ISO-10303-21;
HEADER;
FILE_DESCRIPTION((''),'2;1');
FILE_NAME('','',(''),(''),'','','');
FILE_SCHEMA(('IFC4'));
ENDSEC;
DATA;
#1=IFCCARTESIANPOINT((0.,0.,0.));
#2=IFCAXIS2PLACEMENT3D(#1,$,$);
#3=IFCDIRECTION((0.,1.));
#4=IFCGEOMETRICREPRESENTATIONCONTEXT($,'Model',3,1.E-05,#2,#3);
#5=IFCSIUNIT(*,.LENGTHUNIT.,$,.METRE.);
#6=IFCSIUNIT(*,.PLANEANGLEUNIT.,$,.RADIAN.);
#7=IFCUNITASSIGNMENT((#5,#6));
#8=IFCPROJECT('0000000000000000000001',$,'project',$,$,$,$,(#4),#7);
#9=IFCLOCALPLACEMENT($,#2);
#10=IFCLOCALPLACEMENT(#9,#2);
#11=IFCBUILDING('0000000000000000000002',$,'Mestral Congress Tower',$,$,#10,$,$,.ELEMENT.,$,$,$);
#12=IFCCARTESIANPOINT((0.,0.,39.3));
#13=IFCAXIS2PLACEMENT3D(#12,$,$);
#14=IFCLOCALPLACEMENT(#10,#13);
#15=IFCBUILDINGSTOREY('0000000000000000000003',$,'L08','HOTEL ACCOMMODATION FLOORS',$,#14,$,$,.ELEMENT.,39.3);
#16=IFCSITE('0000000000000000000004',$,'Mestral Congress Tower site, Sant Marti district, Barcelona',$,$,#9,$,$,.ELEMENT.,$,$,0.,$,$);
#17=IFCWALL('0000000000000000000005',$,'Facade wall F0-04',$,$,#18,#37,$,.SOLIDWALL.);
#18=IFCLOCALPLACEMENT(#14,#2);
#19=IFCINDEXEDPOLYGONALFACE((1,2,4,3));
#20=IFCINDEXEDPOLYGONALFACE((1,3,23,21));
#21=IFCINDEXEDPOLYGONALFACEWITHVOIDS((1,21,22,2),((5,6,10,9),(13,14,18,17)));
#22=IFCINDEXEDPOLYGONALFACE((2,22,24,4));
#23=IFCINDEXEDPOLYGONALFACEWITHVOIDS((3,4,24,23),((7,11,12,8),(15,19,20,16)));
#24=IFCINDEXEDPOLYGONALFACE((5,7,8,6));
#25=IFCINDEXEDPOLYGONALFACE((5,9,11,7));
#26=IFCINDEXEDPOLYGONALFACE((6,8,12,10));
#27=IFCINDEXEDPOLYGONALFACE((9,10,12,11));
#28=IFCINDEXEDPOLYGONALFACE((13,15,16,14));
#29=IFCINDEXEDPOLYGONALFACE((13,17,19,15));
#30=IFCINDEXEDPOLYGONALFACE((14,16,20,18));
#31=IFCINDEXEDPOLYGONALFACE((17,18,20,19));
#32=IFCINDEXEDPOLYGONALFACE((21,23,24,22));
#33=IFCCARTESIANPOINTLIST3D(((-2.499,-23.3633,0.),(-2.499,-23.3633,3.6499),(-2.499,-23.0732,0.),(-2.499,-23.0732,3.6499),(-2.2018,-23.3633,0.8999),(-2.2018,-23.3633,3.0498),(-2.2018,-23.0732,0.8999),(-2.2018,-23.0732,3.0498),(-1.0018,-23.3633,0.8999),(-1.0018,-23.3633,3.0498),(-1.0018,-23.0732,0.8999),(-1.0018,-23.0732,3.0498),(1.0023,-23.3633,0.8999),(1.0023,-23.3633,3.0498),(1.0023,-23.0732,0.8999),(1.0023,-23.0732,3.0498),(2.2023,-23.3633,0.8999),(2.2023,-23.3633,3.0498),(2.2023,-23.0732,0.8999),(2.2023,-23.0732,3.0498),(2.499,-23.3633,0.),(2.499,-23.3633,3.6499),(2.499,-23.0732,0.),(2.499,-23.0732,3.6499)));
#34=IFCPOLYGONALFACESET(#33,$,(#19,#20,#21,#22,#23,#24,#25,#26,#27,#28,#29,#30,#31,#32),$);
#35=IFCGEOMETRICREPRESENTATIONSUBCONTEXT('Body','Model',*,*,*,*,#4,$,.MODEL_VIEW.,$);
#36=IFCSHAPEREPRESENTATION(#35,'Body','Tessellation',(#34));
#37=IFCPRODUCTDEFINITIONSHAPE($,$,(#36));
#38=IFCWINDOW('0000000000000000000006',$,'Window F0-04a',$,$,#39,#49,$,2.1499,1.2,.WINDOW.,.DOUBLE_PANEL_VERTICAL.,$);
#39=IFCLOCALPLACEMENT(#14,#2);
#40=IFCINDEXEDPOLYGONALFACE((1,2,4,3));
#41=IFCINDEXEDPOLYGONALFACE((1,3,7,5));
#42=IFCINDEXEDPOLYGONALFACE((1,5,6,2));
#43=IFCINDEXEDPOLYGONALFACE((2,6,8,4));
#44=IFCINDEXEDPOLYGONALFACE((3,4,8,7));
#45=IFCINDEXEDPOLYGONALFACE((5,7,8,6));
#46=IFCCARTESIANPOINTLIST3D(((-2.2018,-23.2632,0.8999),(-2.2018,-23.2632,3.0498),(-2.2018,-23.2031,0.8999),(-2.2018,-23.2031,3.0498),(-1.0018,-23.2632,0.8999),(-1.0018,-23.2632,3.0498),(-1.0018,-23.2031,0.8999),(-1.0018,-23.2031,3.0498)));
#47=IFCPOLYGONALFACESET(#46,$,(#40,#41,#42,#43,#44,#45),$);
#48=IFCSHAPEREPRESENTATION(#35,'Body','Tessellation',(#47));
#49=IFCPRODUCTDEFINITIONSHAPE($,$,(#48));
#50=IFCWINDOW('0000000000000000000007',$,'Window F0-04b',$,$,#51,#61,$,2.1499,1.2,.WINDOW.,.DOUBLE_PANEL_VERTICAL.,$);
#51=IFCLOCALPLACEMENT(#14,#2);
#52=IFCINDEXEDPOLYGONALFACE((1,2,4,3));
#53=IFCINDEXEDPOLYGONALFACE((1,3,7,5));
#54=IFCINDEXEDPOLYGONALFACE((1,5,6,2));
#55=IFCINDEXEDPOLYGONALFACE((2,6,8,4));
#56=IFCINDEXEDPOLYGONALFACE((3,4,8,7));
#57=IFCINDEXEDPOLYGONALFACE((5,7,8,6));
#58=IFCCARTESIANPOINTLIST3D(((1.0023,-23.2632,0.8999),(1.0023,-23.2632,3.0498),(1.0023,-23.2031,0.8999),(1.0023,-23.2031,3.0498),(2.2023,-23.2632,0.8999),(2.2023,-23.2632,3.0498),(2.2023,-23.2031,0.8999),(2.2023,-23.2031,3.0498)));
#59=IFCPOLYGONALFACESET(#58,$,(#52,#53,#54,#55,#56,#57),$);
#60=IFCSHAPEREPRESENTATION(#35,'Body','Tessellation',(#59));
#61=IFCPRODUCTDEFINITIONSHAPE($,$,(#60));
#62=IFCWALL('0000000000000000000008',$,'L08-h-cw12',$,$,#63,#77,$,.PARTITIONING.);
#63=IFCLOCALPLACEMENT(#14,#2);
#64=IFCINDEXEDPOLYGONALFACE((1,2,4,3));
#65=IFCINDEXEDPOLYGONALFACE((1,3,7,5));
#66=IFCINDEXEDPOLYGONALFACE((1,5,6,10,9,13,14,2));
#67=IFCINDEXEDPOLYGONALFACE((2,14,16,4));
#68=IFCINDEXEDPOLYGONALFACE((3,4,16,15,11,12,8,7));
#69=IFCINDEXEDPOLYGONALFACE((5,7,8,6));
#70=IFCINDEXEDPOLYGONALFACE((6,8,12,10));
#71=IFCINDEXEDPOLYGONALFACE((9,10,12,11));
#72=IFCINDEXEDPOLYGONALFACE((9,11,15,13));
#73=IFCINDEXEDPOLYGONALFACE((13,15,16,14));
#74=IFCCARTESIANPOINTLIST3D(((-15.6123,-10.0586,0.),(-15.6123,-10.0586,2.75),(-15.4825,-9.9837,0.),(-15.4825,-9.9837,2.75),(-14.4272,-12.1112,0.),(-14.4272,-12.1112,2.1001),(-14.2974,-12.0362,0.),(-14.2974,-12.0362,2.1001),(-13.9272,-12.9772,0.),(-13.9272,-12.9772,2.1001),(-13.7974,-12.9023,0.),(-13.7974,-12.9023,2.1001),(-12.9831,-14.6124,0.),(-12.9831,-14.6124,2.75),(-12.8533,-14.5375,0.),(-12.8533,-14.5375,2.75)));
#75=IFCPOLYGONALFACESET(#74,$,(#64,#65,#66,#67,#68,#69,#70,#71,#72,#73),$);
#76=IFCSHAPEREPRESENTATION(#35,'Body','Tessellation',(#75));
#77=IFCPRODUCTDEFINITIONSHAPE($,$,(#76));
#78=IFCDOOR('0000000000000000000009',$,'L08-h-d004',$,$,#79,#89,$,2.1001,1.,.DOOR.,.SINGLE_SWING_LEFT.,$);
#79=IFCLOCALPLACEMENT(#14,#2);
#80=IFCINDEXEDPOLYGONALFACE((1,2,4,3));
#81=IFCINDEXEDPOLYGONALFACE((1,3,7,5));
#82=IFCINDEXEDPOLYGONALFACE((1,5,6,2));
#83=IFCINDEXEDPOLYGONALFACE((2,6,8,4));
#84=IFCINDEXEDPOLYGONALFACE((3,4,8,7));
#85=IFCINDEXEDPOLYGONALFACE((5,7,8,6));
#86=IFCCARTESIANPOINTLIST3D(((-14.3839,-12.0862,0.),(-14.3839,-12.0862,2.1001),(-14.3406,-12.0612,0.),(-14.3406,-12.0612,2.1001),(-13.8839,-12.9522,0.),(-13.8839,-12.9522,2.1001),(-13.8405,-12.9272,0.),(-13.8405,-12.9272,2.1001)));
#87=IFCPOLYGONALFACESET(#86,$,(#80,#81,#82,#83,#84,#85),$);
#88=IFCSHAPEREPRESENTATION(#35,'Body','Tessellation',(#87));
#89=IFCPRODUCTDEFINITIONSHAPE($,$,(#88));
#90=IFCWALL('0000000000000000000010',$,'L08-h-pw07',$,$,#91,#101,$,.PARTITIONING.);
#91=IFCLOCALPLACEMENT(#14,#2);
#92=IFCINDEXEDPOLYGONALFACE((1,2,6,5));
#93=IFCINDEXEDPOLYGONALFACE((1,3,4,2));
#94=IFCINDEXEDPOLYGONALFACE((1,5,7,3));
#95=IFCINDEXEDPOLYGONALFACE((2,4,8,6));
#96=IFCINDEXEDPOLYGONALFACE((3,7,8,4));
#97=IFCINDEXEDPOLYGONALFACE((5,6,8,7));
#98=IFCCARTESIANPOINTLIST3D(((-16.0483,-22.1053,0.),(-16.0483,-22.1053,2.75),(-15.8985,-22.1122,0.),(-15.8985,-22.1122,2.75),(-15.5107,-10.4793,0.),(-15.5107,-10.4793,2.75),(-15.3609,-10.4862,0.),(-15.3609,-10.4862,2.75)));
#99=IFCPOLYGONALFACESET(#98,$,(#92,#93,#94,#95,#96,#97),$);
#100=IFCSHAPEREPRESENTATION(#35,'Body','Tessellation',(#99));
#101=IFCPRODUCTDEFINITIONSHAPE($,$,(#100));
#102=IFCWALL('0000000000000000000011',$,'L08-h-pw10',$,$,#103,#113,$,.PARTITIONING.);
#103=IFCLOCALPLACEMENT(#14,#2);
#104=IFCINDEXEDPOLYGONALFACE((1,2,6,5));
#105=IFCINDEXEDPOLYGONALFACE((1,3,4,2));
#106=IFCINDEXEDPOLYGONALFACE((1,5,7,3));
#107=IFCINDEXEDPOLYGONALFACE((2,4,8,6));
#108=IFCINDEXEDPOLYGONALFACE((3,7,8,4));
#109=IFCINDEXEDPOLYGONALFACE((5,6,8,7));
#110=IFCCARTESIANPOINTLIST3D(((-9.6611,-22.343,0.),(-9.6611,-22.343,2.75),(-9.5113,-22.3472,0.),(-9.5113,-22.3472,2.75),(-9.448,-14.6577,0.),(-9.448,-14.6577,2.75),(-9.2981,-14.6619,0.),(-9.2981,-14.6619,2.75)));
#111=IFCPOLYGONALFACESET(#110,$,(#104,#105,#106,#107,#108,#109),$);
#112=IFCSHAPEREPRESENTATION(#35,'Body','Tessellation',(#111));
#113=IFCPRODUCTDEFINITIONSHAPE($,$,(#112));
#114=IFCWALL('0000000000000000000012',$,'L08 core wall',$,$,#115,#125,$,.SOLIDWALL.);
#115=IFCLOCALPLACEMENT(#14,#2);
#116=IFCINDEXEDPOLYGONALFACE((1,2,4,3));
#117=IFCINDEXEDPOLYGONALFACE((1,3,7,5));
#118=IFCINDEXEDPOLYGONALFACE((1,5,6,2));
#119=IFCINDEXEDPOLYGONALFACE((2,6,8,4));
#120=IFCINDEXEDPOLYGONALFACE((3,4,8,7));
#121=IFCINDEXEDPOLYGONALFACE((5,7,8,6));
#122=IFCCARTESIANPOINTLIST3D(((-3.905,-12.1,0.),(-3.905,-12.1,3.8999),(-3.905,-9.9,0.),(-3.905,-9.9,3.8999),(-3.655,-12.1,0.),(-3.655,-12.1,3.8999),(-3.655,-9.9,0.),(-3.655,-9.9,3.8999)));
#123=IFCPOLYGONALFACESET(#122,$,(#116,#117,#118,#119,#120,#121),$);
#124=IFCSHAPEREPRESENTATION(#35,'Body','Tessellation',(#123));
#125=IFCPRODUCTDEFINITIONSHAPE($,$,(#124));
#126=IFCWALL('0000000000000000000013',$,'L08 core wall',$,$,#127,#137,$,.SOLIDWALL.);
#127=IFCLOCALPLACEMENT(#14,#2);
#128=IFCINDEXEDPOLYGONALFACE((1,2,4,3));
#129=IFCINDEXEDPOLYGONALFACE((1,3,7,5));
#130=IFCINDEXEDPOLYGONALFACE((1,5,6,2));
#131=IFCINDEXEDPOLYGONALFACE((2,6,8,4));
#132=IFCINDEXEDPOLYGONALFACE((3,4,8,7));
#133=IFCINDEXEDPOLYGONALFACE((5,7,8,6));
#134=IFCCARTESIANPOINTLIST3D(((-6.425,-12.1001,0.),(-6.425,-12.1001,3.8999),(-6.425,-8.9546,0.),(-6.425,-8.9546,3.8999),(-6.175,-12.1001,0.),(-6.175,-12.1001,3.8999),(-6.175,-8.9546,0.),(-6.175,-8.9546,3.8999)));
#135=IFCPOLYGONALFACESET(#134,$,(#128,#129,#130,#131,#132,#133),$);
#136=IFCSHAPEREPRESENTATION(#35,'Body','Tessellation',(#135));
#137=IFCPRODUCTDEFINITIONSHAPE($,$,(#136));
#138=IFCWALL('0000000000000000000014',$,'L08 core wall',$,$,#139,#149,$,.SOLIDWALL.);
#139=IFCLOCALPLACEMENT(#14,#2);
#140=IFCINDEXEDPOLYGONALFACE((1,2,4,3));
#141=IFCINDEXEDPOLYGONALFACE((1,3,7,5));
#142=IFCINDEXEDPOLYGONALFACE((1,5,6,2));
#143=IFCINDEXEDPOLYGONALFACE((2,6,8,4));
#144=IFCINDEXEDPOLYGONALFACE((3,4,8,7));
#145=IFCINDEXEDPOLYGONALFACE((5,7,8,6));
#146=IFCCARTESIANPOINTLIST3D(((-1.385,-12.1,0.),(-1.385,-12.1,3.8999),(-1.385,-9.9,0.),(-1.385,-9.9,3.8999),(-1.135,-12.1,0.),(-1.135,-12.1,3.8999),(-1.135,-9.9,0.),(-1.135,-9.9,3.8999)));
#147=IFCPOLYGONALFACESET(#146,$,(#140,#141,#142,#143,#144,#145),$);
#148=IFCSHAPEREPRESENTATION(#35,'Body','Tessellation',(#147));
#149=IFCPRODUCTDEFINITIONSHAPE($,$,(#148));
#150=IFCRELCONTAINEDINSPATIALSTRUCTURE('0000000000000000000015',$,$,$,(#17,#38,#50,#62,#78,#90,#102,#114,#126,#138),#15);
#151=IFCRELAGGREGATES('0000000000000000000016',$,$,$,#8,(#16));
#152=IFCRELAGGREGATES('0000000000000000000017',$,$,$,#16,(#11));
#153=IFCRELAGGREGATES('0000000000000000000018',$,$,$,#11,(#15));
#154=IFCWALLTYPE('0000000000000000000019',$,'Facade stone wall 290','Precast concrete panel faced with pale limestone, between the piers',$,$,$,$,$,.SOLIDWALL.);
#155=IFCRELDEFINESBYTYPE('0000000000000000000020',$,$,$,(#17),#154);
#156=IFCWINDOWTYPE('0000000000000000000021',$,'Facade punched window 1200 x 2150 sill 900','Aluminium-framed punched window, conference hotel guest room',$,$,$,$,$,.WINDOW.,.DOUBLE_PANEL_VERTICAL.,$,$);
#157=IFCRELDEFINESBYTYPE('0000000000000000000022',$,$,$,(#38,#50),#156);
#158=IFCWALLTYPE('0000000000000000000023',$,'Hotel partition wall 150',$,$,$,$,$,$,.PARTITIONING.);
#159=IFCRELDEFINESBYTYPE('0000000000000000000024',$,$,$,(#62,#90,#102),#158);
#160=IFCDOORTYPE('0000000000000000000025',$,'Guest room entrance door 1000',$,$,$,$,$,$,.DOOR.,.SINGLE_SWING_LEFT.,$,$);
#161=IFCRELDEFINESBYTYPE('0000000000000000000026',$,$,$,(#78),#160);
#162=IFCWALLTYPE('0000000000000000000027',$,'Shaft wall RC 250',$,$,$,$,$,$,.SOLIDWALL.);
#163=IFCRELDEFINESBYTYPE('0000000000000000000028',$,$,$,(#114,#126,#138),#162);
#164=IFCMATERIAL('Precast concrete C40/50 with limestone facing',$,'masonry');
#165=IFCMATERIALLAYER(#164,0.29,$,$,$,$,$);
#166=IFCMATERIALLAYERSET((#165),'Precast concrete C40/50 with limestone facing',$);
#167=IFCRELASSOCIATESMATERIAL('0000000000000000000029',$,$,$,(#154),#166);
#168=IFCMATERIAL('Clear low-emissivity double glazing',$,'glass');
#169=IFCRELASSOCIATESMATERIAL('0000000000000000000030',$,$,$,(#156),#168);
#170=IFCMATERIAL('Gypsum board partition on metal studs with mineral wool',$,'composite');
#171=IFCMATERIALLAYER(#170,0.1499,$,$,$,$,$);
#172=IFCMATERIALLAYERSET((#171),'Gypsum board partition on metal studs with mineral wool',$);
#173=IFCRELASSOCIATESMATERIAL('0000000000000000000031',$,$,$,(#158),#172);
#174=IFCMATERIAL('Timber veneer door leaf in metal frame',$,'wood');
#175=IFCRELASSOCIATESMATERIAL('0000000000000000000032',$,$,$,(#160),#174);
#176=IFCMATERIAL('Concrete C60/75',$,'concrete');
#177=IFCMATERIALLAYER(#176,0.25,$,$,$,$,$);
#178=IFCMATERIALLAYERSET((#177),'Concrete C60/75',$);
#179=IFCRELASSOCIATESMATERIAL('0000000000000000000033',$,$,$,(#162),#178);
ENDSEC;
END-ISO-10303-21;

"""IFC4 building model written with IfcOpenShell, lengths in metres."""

from ifc_helpers import new_model, si_unit, direction, frame, frame_2d, origin, place, context, subcontext, project, spatial, rectangle, extrude, material, layer, layer_set, type_object, element, fill, save


model = new_model("IFC4")

# Units and contexts
model_context = context("Model", 3, precision=1e-05, world=origin(), true_north=direction((0.0, 1.0)))
body_context = subcontext(model_context, "Body", "Model", "MODEL_VIEW")
ifc_project = project(units=[si_unit("LENGTHUNIT", "METRE"), si_unit("PLANEANGLEUNIT", "RADIAN")], contexts=[model_context])

# Site, building, storey
site_placement = place(None, origin())
site = spatial("IfcSite", under=ifc_project, at=site_placement, Name="Mestral Congress Tower site, Sant Marti district, Barcelona", CompositionType="ELEMENT", RefElevation=0.0)
building_placement = place(site_placement, origin())
building = spatial("IfcBuilding", under=site, at=building_placement, Name="Mestral Congress Tower", CompositionType="ELEMENT")
storey_placement = place(building_placement, frame((0.0, 0.0, 39.3)))
storey = spatial("IfcBuildingStorey", under=building, at=storey_placement, Name="L08", Description="HOTEL ACCOMMODATION FLOORS", CompositionType="ELEMENT", Elevation=39.3)

# Shared definitions
ifc_material_1 = material(Name="Concrete C60/75", Category="concrete")

# Wall, openings, windows
ifc_material_2 = material(Name="Precast concrete C40/50 with limestone facing", Category="masonry")
ifc_layer_1 = layer(ifc_material_2, 0.29)
ifc_layer_set_1 = layer_set([ifc_layer_1], Name="Precast concrete C40/50 with limestone facing")
wall_type_1 = type_object("IfcWallType", Name="Facade stone wall 290", Description="Precast concrete panel faced with pale limestone, between the piers", PredefinedType="SOLIDWALL", material=ifc_layer_set_1)
ifc_material_3 = material(Name="Clear low-emissivity double glazing", Category="glass")
window_type = type_object("IfcWindowType", Name="Facade punched window 1200 x 2150 sill 900", Description="Aluminium-framed punched window, conference hotel guest room", PartitioningType="DOUBLE_PANEL_VERTICAL", PredefinedType="WINDOW", material=ifc_material_3)
wall_1_placement = place(storey_placement, frame((-2.499, -23.2183, 0.0), z_axis=(0.0, 0.0, 1.0), x_axis=(1.0, 0.0, 0.0)))
wall_1 = element("IfcWall", 1, at=wall_1_placement, inside=storey, type_object=wall_type_1, Name="Facade wall F0-04", PredefinedType="SOLIDWALL", context=body_context, shape_type="SweptSolid", body=[
    extrude(rectangle(XDim=4.998, YDim=0.29, at=frame_2d((2.499, 0.0))), origin(), (0.0, 0.0, 1.0), 3.6499),
])
opening_1_placement = place(wall_1_placement, frame((0.2971, 0.0, 0.8999)))
opening_1 = element("IfcOpeningElement", 2, at=opening_1_placement, cuts=wall_1, PredefinedType="OPENING", context=body_context, shape_type="SweptSolid", body=[
    extrude(rectangle(XDim=1.2, YDim=2.1499, at=frame_2d((0.6001, 1.075))), frame((0.0, 0.155, 0.0), z_axis=(0.0, -1.0, 0.0), x_axis=(1.0, 0.0, 0.0)), (0.0, 0.0, 1.0), 0.3101),
])
opening_2_placement = place(wall_1_placement, frame((3.5012, 0.0, 0.8999)))
opening_2 = element("IfcOpeningElement", 3, at=opening_2_placement, cuts=wall_1, PredefinedType="OPENING", context=body_context, shape_type="SweptSolid", body=[
    extrude(rectangle(XDim=1.2, YDim=2.1499, at=frame_2d((0.6001, 1.075))), frame((0.0, 0.155, 0.0), z_axis=(0.0, -1.0, 0.0), x_axis=(1.0, 0.0, 0.0)), (0.0, 0.0, 1.0), 0.3101),
])
window_1_placement = place(opening_1_placement, origin())
window_1 = element("IfcWindow", 4, at=window_1_placement, inside=storey, type_object=window_type, Name="Window F0-04a", OverallHeight=2.1499, OverallWidth=1.2, PartitioningType="DOUBLE_PANEL_VERTICAL", PredefinedType="WINDOW", context=body_context, shape_type="SweptSolid", body=[
    extrude(rectangle(XDim=1.2, YDim=2.1499, at=frame_2d((0.6001, 1.075))), frame((0.0, 0.0151, 0.0), z_axis=(0.0, -1.0, 0.0), x_axis=(1.0, 0.0, 0.0)), (0.0, 0.0, 1.0), 0.0601),
])
fill(opening_1, window_1)
window_2_placement = place(opening_2_placement, origin())
window_2 = element("IfcWindow", 5, at=window_2_placement, inside=storey, type_object=window_type, Name="Window F0-04b", OverallHeight=2.1499, OverallWidth=1.2, PartitioningType="DOUBLE_PANEL_VERTICAL", PredefinedType="WINDOW", context=body_context, shape_type="SweptSolid", body=[
    extrude(rectangle(XDim=1.2, YDim=2.1499, at=frame_2d((0.6001, 1.075))), frame((0.0, 0.0151, 0.0), z_axis=(0.0, -1.0, 0.0), x_axis=(1.0, 0.0, 0.0)), (0.0, 0.0, 1.0), 0.0601),
])
fill(opening_2, window_2)

# Wall, opening, door
ifc_material_4 = material(Name="Gypsum board partition on metal studs with mineral wool", Category="composite")
ifc_layer_2 = layer(ifc_material_4, 0.1499)
ifc_layer_set_2 = layer_set([ifc_layer_2], Name="Gypsum board partition on metal studs with mineral wool")
wall_type_2 = type_object("IfcWallType", Name="Hotel partition wall 150", PredefinedType="PARTITIONING", material=ifc_layer_set_2)
wall_2_placement = place(storey_placement, frame((-12.9182, -14.575, 0.0), z_axis=(0.0, 0.0, 1.0), x_axis=(-0.500009, 0.86602, 0.0)))
wall_2 = element("IfcWall", 6, at=wall_2_placement, inside=storey, type_object=wall_type_2, Name="L08-h-cw12", PredefinedType="PARTITIONING", context=body_context, shape_type="SweptSolid", body=[
    extrude(rectangle(XDim=5.2583, YDim=0.1499, at=frame_2d((2.6292, 0.0))), origin(), (0.0, 0.0, 1.0), 2.75),
])
opening_3_placement = place(wall_2_placement, frame((1.8882, 0.0, 0.0)))
opening_3 = element("IfcOpeningElement", 7, at=opening_3_placement, cuts=wall_2, PredefinedType="OPENING", context=body_context, shape_type="SweptSolid", body=[
    extrude(rectangle(XDim=1.0, YDim=2.1001, at=frame_2d((0.5, 1.05))), frame((0.0, 0.085, 0.0), z_axis=(0.0, -1.0, 0.0), x_axis=(1.0, 0.0, 0.0)), (0.0, 0.0, 1.0), 0.1699),
])
ifc_material_5 = material(Name="Timber veneer door leaf in metal frame", Category="wood")
door_type = type_object("IfcDoorType", Name="Guest room entrance door 1000", OperationType="SINGLE_SWING_LEFT", PredefinedType="DOOR", material=ifc_material_5)
door_placement = place(opening_3_placement, origin())
door = element("IfcDoor", 8, at=door_placement, inside=storey, type_object=door_type, Name="L08-h-d004", OperationType="SINGLE_SWING_LEFT", OverallHeight=2.1001, OverallWidth=1.0, PredefinedType="DOOR", context=body_context, shape_type="SweptSolid", body=[
    extrude(rectangle(XDim=1.0, YDim=2.1001, at=frame_2d((0.5, 1.05))), frame((0.0, 0.0249, 0.0), z_axis=(0.0, -1.0, 0.0), x_axis=(1.0, 0.0, 0.0)), (0.0, 0.0, 1.0), 0.05),
])
fill(opening_3, door)

# Walls
wall_3_placement = place(storey_placement, frame((-15.9734, -22.1089, 0.0), z_axis=(0.0, 0.0, 1.0), x_axis=(0.046192, 0.998933, 0.0)))
element("IfcWall", 9, at=wall_3_placement, inside=storey, type_object=wall_type_2, Name="L08-h-pw07", PredefinedType="PARTITIONING", context=body_context, shape_type="SweptSolid", body=[
    extrude(rectangle(XDim=11.6384, YDim=0.1499, at=frame_2d((5.8193, 0.0))), origin(), (0.0, 0.0, 1.0), 2.75),
])
wall_4_placement = place(storey_placement, frame((-9.5862, -22.3452, 0.0), z_axis=(0.0, 0.0, 1.0), x_axis=(0.027722, 0.999616, 0.0)))
element("IfcWall", 10, at=wall_4_placement, inside=storey, type_object=wall_type_2, Name="L08-h-pw10", PredefinedType="PARTITIONING", context=body_context, shape_type="SweptSolid", body=[
    extrude(rectangle(XDim=7.6882, YDim=0.1499, at=frame_2d((3.8442, 0.0))), origin(), (0.0, 0.0, 1.0), 2.75),
])
ifc_layer_3 = layer(ifc_material_1, 0.25)
ifc_layer_set_3 = layer_set([ifc_layer_3], Name="Concrete C60/75")
wall_type_3 = type_object("IfcWallType", Name="Shaft wall RC 250", PredefinedType="SOLIDWALL", material=ifc_layer_set_3)
wall_5_placement = place(storey_placement, frame((-3.78, -12.1001, 0.0), z_axis=(0.0, 0.0, 1.0), x_axis=(0.0, 1.0, 0.0)))
element("IfcWall", 11, at=wall_5_placement, inside=storey, type_object=wall_type_3, Name="L08 core wall", PredefinedType="SOLIDWALL", context=body_context, shape_type="SweptSolid", body=[
    extrude(rectangle(XDim=2.2, YDim=0.25, at=frame_2d((1.1001, 0.0))), origin(), (0.0, 0.0, 1.0), 3.8999),
])
wall_6_placement = place(storey_placement, frame((-6.3, -12.1001, 0.0), z_axis=(0.0, 0.0, 1.0), x_axis=(0.0, 1.0, 0.0)))
element("IfcWall", 12, at=wall_6_placement, inside=storey, type_object=wall_type_3, Name="L08 core wall", PredefinedType="SOLIDWALL", context=body_context, shape_type="SweptSolid", body=[
    extrude(rectangle(XDim=3.1455, YDim=0.25, at=frame_2d((1.5728, 0.0))), origin(), (0.0, 0.0, 1.0), 3.8999),
])
wall_7_placement = place(storey_placement, frame((-1.26, -12.1001, 0.0), z_axis=(0.0, 0.0, 1.0), x_axis=(0.0, 1.0, 0.0)))
element("IfcWall", 13, at=wall_7_placement, inside=storey, type_object=wall_type_3, Name="L08 core wall", PredefinedType="SOLIDWALL", context=body_context, shape_type="SweptSolid", body=[
    extrude(rectangle(XDim=2.2, YDim=0.25, at=frame_2d((1.1001, 0.0))), origin(), (0.0, 0.0, 1.0), 3.8999),
])

save(model, "model.ifc")
